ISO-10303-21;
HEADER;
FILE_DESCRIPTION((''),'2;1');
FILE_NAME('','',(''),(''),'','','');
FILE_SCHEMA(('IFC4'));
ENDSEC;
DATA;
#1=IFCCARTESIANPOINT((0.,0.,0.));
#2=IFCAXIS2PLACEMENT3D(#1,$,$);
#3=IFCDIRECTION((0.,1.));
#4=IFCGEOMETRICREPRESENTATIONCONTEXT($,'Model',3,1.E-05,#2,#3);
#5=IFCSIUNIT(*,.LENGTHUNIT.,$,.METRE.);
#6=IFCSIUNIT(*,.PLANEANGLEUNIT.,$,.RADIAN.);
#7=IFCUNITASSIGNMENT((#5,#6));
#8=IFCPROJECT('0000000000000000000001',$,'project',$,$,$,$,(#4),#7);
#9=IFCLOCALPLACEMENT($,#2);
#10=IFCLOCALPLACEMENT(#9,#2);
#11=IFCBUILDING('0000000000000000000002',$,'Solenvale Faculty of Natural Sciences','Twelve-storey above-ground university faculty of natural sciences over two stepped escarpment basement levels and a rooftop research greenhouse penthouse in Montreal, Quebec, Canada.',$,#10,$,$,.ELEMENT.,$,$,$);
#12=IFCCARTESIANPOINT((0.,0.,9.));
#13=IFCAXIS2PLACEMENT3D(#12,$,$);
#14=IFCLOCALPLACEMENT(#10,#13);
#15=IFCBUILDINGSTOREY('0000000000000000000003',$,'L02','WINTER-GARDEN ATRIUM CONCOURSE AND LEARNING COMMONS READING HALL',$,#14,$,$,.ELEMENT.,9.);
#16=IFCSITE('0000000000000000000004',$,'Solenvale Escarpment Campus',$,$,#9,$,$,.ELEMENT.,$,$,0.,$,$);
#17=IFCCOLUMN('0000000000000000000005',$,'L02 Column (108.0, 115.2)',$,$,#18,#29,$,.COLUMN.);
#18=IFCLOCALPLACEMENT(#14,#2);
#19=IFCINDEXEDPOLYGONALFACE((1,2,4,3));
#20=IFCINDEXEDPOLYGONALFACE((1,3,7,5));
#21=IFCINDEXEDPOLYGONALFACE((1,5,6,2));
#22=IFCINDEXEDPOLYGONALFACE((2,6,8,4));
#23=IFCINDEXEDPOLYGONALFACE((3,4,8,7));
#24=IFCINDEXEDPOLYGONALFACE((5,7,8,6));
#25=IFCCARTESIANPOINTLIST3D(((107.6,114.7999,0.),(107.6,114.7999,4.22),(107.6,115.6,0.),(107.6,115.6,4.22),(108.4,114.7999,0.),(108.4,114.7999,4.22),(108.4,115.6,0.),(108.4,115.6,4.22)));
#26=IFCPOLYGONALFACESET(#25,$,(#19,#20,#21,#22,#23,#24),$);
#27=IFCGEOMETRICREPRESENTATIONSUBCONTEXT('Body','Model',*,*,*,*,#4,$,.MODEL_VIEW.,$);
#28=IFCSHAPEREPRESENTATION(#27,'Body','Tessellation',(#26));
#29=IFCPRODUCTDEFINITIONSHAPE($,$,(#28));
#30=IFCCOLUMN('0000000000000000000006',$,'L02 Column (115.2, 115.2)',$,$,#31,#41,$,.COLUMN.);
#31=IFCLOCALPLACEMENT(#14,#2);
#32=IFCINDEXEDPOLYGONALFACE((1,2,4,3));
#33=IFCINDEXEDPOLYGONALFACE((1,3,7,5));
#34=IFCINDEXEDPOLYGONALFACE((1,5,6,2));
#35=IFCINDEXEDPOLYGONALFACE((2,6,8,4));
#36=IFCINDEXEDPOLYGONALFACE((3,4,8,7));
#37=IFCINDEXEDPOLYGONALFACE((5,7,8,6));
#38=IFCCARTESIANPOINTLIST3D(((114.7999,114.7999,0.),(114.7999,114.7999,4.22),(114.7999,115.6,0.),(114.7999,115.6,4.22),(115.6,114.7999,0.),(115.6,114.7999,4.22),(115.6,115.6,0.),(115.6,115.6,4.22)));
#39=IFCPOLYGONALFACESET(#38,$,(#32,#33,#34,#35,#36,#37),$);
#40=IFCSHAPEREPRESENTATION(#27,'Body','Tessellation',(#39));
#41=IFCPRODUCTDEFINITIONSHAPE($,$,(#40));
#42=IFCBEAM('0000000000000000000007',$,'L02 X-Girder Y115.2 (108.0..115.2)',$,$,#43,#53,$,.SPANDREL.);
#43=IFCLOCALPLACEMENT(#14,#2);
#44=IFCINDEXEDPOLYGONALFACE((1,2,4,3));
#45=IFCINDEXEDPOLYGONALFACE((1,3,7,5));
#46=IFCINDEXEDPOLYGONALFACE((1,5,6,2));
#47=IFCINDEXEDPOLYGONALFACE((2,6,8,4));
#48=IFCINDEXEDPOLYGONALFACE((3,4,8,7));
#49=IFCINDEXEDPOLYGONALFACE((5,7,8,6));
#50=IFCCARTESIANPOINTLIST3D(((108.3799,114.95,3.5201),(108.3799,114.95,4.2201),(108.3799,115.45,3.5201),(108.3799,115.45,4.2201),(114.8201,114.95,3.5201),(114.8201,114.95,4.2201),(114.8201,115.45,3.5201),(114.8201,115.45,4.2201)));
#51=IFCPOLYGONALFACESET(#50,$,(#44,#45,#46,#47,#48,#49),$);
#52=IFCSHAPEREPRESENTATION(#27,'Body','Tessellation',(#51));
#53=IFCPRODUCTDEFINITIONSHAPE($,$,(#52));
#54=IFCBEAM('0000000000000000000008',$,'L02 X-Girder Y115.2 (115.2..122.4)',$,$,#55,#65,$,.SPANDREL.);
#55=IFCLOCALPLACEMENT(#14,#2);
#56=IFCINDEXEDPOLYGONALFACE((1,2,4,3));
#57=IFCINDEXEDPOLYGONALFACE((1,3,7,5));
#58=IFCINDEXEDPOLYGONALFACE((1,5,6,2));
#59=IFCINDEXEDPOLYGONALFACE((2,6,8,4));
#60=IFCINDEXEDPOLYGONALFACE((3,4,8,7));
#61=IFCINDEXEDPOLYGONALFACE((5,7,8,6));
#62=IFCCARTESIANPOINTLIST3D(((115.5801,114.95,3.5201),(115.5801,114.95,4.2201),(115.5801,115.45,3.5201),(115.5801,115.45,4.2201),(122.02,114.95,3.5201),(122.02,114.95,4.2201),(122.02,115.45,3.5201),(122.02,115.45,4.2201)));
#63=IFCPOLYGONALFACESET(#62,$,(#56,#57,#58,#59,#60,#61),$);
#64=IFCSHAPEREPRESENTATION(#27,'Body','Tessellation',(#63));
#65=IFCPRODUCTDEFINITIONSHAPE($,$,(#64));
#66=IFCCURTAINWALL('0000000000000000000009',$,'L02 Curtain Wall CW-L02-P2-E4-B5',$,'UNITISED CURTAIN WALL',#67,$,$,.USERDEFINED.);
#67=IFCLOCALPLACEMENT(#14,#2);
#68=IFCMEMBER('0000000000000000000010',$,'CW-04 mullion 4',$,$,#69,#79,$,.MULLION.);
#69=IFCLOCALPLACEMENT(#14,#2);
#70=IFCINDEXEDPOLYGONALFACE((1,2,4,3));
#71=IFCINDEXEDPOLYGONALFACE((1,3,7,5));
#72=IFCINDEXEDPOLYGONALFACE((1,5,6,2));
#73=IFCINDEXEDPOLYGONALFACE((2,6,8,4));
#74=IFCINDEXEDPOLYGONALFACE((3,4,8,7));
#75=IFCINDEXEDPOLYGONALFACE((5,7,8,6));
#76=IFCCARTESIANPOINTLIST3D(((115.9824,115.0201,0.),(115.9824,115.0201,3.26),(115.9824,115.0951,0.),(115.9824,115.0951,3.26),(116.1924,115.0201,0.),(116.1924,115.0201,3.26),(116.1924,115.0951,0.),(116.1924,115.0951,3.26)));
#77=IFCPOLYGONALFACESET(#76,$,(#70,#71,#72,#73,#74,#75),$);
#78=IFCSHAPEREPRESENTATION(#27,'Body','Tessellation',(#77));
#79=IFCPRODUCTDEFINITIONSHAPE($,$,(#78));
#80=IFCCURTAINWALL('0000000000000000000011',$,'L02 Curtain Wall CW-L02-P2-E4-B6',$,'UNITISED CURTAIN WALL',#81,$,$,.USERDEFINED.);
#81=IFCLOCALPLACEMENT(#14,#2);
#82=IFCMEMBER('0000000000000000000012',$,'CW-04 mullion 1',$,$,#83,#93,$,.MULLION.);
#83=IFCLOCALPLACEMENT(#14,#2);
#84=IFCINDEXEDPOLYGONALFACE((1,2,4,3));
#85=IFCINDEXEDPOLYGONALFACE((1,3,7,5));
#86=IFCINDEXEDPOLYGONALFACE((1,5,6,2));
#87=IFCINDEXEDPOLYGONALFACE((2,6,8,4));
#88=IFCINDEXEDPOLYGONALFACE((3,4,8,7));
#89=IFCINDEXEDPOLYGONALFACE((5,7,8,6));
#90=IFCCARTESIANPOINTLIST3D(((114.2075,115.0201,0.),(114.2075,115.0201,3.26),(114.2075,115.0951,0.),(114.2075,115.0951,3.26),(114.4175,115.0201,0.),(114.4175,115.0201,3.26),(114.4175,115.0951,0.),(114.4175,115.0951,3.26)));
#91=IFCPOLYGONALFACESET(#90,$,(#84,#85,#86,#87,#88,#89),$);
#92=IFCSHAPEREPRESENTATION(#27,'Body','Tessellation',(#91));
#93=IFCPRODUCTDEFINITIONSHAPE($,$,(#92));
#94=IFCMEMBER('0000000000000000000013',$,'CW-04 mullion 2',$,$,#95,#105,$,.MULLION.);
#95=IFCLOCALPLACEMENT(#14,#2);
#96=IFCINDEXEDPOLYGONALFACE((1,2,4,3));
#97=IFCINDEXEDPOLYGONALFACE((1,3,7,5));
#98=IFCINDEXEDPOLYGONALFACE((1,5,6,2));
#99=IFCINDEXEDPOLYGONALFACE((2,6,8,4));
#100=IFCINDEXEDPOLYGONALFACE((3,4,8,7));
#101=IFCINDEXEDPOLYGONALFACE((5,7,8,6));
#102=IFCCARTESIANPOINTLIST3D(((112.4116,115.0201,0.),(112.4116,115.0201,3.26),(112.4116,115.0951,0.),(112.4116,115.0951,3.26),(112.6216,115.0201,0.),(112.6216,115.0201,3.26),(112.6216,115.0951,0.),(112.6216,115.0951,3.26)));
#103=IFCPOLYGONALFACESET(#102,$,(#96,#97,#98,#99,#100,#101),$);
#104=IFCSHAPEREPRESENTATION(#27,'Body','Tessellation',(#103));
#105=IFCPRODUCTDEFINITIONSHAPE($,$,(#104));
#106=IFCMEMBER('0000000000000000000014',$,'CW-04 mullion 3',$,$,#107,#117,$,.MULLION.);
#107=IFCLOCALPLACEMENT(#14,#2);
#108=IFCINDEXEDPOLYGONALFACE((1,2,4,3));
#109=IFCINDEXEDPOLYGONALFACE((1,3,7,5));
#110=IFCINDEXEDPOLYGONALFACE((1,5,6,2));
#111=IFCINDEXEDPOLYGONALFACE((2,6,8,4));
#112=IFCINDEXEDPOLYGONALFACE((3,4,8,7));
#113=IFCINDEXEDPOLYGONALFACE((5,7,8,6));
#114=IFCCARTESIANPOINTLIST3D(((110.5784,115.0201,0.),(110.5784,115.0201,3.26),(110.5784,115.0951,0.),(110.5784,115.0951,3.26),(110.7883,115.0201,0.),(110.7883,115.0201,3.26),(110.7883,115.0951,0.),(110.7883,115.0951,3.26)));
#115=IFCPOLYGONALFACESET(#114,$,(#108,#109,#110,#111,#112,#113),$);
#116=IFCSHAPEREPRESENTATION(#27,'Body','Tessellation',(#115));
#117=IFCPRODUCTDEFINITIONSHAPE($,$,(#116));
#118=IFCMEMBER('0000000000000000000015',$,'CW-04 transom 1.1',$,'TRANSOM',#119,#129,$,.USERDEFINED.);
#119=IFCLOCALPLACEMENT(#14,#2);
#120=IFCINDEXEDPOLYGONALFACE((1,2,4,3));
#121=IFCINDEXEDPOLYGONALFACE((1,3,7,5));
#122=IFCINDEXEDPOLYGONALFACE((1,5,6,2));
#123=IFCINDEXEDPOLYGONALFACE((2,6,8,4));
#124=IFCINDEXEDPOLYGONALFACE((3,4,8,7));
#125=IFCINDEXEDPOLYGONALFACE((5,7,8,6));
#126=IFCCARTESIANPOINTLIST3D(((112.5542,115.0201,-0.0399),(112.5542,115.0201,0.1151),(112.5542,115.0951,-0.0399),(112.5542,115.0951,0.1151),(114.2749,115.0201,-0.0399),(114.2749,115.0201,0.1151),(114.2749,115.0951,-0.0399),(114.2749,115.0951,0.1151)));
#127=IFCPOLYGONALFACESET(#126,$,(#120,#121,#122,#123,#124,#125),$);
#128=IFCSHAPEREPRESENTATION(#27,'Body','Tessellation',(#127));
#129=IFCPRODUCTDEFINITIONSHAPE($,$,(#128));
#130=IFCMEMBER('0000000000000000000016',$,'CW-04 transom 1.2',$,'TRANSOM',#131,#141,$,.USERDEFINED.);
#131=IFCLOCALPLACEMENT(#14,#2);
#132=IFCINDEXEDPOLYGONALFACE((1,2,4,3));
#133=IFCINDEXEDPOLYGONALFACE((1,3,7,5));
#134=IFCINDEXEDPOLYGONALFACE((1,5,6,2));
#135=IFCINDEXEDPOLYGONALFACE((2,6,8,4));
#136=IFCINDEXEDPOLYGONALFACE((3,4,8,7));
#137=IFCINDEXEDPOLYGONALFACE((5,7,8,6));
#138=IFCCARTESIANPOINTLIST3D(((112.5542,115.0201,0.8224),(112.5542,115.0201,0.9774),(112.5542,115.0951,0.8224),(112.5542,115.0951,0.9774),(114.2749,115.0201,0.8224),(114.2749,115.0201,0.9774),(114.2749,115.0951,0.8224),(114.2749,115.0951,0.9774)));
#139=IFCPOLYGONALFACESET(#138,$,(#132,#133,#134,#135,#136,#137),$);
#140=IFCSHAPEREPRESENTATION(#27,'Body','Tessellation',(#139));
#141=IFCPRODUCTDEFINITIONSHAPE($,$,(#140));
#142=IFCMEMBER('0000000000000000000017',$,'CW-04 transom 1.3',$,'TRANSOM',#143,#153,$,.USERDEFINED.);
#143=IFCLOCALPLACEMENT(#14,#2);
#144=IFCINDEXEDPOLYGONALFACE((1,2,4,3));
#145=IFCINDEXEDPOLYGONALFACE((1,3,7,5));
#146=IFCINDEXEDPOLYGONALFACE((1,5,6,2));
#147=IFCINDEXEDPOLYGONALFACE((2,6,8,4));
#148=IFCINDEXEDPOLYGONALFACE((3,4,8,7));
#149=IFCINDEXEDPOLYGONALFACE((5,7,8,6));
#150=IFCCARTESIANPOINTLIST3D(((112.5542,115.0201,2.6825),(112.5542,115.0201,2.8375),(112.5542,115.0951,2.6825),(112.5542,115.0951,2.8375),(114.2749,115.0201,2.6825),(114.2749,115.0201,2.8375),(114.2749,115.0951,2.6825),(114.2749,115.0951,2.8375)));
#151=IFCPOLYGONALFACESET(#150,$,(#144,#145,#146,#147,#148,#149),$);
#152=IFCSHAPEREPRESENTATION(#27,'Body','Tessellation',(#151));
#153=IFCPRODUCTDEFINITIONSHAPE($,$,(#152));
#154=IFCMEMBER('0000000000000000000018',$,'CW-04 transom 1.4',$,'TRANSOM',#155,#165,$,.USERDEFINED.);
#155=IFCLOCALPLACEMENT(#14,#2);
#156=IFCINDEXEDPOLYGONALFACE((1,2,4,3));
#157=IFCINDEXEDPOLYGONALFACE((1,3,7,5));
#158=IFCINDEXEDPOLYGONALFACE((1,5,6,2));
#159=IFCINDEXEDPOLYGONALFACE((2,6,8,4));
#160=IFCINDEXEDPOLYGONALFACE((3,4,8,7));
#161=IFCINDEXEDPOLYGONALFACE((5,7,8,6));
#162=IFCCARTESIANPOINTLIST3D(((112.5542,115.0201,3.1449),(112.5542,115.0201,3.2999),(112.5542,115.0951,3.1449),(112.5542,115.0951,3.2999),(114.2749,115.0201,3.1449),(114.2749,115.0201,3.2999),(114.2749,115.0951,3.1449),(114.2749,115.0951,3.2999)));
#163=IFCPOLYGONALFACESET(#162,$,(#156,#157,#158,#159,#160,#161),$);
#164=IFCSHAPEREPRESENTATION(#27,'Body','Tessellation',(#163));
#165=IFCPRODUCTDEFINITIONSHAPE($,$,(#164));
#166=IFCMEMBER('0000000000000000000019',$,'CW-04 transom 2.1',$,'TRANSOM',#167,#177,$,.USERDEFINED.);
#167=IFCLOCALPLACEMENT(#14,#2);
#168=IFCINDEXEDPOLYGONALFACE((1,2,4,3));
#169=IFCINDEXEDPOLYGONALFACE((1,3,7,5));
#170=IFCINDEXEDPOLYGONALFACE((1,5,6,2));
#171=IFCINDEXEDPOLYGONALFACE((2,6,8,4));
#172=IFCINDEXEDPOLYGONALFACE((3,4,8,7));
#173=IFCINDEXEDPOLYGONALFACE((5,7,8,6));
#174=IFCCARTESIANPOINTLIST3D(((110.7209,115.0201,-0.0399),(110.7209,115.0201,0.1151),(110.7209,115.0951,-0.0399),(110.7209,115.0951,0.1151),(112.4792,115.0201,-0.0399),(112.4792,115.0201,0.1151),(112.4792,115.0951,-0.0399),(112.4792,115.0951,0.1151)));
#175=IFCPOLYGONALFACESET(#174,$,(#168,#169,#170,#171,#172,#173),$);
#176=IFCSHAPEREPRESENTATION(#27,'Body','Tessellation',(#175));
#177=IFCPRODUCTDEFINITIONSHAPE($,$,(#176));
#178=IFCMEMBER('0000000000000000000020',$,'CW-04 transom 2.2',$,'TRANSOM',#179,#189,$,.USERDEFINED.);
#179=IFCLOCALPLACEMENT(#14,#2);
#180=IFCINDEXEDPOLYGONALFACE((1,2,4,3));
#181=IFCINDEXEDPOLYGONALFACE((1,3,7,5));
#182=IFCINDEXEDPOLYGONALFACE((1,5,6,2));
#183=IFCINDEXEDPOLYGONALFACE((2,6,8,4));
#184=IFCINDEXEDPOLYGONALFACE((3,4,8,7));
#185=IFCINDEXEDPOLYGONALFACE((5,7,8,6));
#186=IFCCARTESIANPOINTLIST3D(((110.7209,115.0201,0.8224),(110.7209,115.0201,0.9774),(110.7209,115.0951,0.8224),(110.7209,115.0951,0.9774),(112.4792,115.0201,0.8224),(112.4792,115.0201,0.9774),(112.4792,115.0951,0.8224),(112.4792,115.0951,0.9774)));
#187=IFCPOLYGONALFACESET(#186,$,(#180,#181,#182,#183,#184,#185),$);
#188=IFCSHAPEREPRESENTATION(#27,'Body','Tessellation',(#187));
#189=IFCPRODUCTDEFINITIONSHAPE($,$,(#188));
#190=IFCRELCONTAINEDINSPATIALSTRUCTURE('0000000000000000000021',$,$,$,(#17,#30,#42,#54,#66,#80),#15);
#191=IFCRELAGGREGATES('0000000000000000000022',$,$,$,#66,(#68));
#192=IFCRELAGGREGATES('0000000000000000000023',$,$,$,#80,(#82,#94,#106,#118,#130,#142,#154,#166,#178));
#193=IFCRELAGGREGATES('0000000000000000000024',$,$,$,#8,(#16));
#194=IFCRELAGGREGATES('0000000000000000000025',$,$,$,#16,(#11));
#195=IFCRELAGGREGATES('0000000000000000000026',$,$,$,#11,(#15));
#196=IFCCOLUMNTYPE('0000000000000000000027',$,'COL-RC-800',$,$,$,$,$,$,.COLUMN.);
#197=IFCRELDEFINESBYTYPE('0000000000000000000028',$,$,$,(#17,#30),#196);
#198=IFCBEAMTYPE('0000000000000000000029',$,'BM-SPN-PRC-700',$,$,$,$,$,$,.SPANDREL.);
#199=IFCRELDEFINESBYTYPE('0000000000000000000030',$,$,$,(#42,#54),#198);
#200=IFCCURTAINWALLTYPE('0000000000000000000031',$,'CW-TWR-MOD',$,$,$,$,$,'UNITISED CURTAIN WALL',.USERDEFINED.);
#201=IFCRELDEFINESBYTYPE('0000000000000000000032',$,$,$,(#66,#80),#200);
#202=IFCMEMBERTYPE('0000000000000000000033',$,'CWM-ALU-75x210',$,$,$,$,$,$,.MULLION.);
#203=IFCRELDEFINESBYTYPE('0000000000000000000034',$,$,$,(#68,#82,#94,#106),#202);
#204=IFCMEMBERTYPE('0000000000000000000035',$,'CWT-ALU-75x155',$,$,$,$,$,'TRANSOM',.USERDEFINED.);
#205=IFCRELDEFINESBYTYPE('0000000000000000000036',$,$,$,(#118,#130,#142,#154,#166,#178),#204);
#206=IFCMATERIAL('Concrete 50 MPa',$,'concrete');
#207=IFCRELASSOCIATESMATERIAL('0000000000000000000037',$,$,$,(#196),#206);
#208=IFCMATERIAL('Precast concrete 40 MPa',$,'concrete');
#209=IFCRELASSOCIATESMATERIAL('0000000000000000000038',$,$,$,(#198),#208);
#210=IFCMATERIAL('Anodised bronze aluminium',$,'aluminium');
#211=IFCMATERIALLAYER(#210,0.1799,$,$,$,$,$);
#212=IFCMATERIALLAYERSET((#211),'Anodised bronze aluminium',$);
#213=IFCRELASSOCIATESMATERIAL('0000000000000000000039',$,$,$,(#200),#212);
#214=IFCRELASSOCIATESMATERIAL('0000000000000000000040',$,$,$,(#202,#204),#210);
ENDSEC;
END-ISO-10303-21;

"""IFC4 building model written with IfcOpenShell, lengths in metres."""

from ifc_helpers import new_model, si_unit, direction, frame, origin, origin_2d, place, context, subcontext, project, spatial, rectangle, extrude, material, layer, layer_set, material_profile, profile_set, type_object, element, aggregate, save


model = new_model("IFC4")

# Units and contexts
model_context = context("Model", 3, precision=1e-05, world=origin(), true_north=direction((0.0, 1.0)))
body_context = subcontext(model_context, "Body", "Model", "MODEL_VIEW")
ifc_project = project(units=[si_unit("LENGTHUNIT", "METRE"), si_unit("PLANEANGLEUNIT", "RADIAN")], contexts=[model_context])

# Site, building, storey
site_placement = place(None, origin())
site = spatial("IfcSite", under=ifc_project, at=site_placement, Name="Solenvale Escarpment Campus", CompositionType="ELEMENT", RefElevation=0.0)
building_placement = place(site_placement, origin())
building = spatial("IfcBuilding", under=site, at=building_placement, Name="Solenvale Faculty of Natural Sciences", Description="Twelve-storey above-ground university faculty of natural sciences over two stepped escarpment basement levels and a rooftop research greenhouse penthouse in Montreal, Quebec, Canada.", CompositionType="ELEMENT")
storey_placement = place(building_placement, frame((0.0, 0.0, 9.0)))
storey = spatial("IfcBuildingStorey", under=building, at=storey_placement, Name="L02", Description="WINTER-GARDEN ATRIUM CONCOURSE AND LEARNING COMMONS READING HALL", CompositionType="ELEMENT", Elevation=9.0)

# Columns
ifc_material_1 = material(Name="Concrete 50 MPa", Category="concrete")
ifc_material_profile_1 = material_profile(ifc_material_1, rectangle(XDim=0.8, YDim=0.8, at=origin_2d()), Name="RC-COL-800x800")
ifc_profile_set_1 = profile_set([ifc_material_profile_1], Name="Concrete 50 MPa")
column_type = type_object("IfcColumnType", Name="COL-RC-800", PredefinedType="COLUMN", material=ifc_profile_set_1)
for number, where, z_axis, x_axis, name in (
    (1, (108.0, 115.2, 0.0), (0.0, 0.0, 1.0), (1.0, 0.0, 0.0), "L02 Column (108.0, 115.2)"),
    (2, (115.2, 115.2, 0.0), (0.0, 0.0, 1.0), (1.0, 0.0, 0.0), "L02 Column (115.2, 115.2)"),
):
    element("IfcColumn", number, at=place(storey_placement, frame(where, z_axis=z_axis, x_axis=x_axis)), inside=storey, type_object=column_type, Name=name, PredefinedType="COLUMN", context=body_context, shape_type="SweptSolid", body=[
        extrude(rectangle(XDim=0.8, YDim=0.8, at=origin_2d()), origin(), (0.0, 0.0, 1.0), 4.22),
    ])

# Beams
ifc_material_2 = material(Name="Precast concrete 40 MPa", Category="concrete")
ifc_material_profile_2 = material_profile(ifc_material_2, rectangle(XDim=0.5, YDim=0.7, at=origin_2d()), Name="RC-BM-500x700")
ifc_profile_set_2 = profile_set([ifc_material_profile_2], Name="Precast concrete 40 MPa")
beam_type = type_object("IfcBeamType", Name="BM-SPN-PRC-700", PredefinedType="SPANDREL", material=ifc_profile_set_2)
beam_1_placement = place(storey_placement, frame((108.3799, 115.2, 3.8701), z_axis=(1.0, 0.0, 0.0), x_axis=(0.0, 1.0, 0.0)))
element("IfcBeam", 3, at=beam_1_placement, inside=storey, type_object=beam_type, Name="L02 X-Girder Y115.2 (108.0..115.2)", PredefinedType="SPANDREL", context=body_context, shape_type="SweptSolid", body=[
    extrude(rectangle(XDim=0.5, YDim=0.7, at=origin_2d()), origin(), (0.0, 0.0, 1.0), 6.4402),
])
beam_2_placement = place(storey_placement, frame((115.5801, 115.2, 3.8701), z_axis=(1.0, 0.0, 0.0), x_axis=(0.0, 1.0, 0.0)))
element("IfcBeam", 4, at=beam_2_placement, inside=storey, type_object=beam_type, Name="L02 X-Girder Y115.2 (115.2..122.4)", PredefinedType="SPANDREL", context=body_context, shape_type="SweptSolid", body=[
    extrude(rectangle(XDim=0.5, YDim=0.7, at=origin_2d()), origin(), (0.0, 0.0, 1.0), 6.4399),
])

# Curtain wall, member
ifc_material_3 = material(Name="Anodised bronze aluminium", Category="aluminium")
ifc_layer_1 = layer(ifc_material_3, 0.1799)
ifc_layer_set_1 = layer_set([ifc_layer_1], Name="Anodised bronze aluminium")
curtain_wall_type = type_object("IfcCurtainWallType", Name="CW-TWR-MOD", ElementType="UNITISED CURTAIN WALL", PredefinedType="USERDEFINED", material=ifc_layer_set_1)
curtain_wall_1_placement = place(storey_placement, origin())
curtain_wall_1 = element("IfcCurtainWall", 5, at=curtain_wall_1_placement, inside=storey, type_object=curtain_wall_type, Name="L02 Curtain Wall CW-L02-P2-E4-B5", ObjectType="UNITISED CURTAIN WALL", PredefinedType="USERDEFINED")
ifc_material_profile_3 = material_profile(ifc_material_3, rectangle(XDim=0.075, YDim=0.21, at=origin_2d()), Name="ALU-MUL-75x210")
ifc_profile_set_3 = profile_set([ifc_material_profile_3], Name="Anodised bronze aluminium")
member_type_1 = type_object("IfcMemberType", Name="CWM-ALU-75x210", PredefinedType="MULLION", material=ifc_profile_set_3)
member_1_placement = place(storey_placement, frame((116.0874, 115.0576, 0.0), z_axis=(0.0, 0.0, 1.0), x_axis=(0.0, -1.0, 0.0)))
member_1 = element("IfcMember", 6, at=member_1_placement, type_object=member_type_1, Name="CW-04 mullion 4", PredefinedType="MULLION", context=body_context, shape_type="SweptSolid", body=[
    extrude(rectangle(XDim=0.075, YDim=0.21, at=origin_2d()), origin(), (0.0, 0.0, 1.0), 3.26),
])
aggregate(curtain_wall_1, [member_1])

# Curtain wall, members
curtain_wall_2_placement = place(storey_placement, origin())
curtain_wall_2 = element("IfcCurtainWall", 7, at=curtain_wall_2_placement, inside=storey, type_object=curtain_wall_type, Name="L02 Curtain Wall CW-L02-P2-E4-B6", ObjectType="UNITISED CURTAIN WALL", PredefinedType="USERDEFINED")
member_2_placement = place(storey_placement, frame((114.3125, 115.0576, 0.0), z_axis=(0.0, 0.0, 1.0), x_axis=(0.0, -1.0, 0.0)))
member_2 = element("IfcMember", 8, at=member_2_placement, type_object=member_type_1, Name="CW-04 mullion 1", PredefinedType="MULLION", context=body_context, shape_type="SweptSolid", body=[
    extrude(rectangle(XDim=0.075, YDim=0.21, at=origin_2d()), origin(), (0.0, 0.0, 1.0), 3.26),
])
member_3_placement = place(storey_placement, frame((112.5166, 115.0576, 0.0), z_axis=(0.0, 0.0, 1.0), x_axis=(0.0, -1.0, 0.0)))
member_3 = element("IfcMember", 9, at=member_3_placement, type_object=member_type_1, Name="CW-04 mullion 2", PredefinedType="MULLION", context=body_context, shape_type="SweptSolid", body=[
    extrude(rectangle(XDim=0.075, YDim=0.21, at=origin_2d()), origin(), (0.0, 0.0, 1.0), 3.26),
])
member_4_placement = place(storey_placement, frame((110.6833, 115.0576, 0.0), z_axis=(0.0, 0.0, 1.0), x_axis=(0.0, -1.0, 0.0)))
member_4 = element("IfcMember", 10, at=member_4_placement, type_object=member_type_1, Name="CW-04 mullion 3", PredefinedType="MULLION", context=body_context, shape_type="SweptSolid", body=[
    extrude(rectangle(XDim=0.075, YDim=0.21, at=origin_2d()), origin(), (0.0, 0.0, 1.0), 3.26),
])
ifc_material_profile_4 = material_profile(ifc_material_3, rectangle(XDim=0.075, YDim=0.155, at=origin_2d()), Name="ALU-TRN-75x155")
ifc_profile_set_4 = profile_set([ifc_material_profile_4], Name="Anodised bronze aluminium")
member_type_2 = type_object("IfcMemberType", Name="CWT-ALU-75x155", ElementType="TRANSOM", PredefinedType="USERDEFINED", material=ifc_profile_set_4)
member_5_placement = place(storey_placement, frame((114.2749, 115.0576, 0.0376), z_axis=(-1.0, 0.0, 0.0), x_axis=(0.0, -1.0, 0.0)))
member_5 = element("IfcMember", 11, at=member_5_placement, type_object=member_type_2, Name="CW-04 transom 1.1", ObjectType="TRANSOM", PredefinedType="USERDEFINED", context=body_context, shape_type="SweptSolid", body=[
    extrude(rectangle(XDim=0.075, YDim=0.155, at=origin_2d()), origin(), (0.0, 0.0, 1.0), 1.7207),
])
member_6_placement = place(storey_placement, frame((114.2749, 115.0576, 0.8999), z_axis=(-1.0, 0.0, 0.0), x_axis=(0.0, -1.0, 0.0)))
member_6 = element("IfcMember", 12, at=member_6_placement, type_object=member_type_2, Name="CW-04 transom 1.2", ObjectType="TRANSOM", PredefinedType="USERDEFINED", context=body_context, shape_type="SweptSolid", body=[
    extrude(rectangle(XDim=0.075, YDim=0.155, at=origin_2d()), origin(), (0.0, 0.0, 1.0), 1.7207),
])
member_7_placement = place(storey_placement, frame((114.2749, 115.0576, 2.76), z_axis=(-1.0, 0.0, 0.0), x_axis=(0.0, -1.0, 0.0)))
member_7 = element("IfcMember", 13, at=member_7_placement, type_object=member_type_2, Name="CW-04 transom 1.3", ObjectType="TRANSOM", PredefinedType="USERDEFINED", context=body_context, shape_type="SweptSolid", body=[
    extrude(rectangle(XDim=0.075, YDim=0.155, at=origin_2d()), origin(), (0.0, 0.0, 1.0), 1.7207),
])
member_8_placement = place(storey_placement, frame((114.2749, 115.0576, 3.2224), z_axis=(-1.0, 0.0, 0.0), x_axis=(0.0, -1.0, 0.0)))
member_8 = element("IfcMember", 14, at=member_8_placement, type_object=member_type_2, Name="CW-04 transom 1.4", ObjectType="TRANSOM", PredefinedType="USERDEFINED", context=body_context, shape_type="SweptSolid", body=[
    extrude(rectangle(XDim=0.075, YDim=0.155, at=origin_2d()), origin(), (0.0, 0.0, 1.0), 1.7207),
])
member_9_placement = place(storey_placement, frame((112.4792, 115.0576, 0.0376), z_axis=(-1.0, 0.0, 0.0), x_axis=(0.0, -1.0, 0.0)))
member_9 = element("IfcMember", 15, at=member_9_placement, type_object=member_type_2, Name="CW-04 transom 2.1", ObjectType="TRANSOM", PredefinedType="USERDEFINED", context=body_context, shape_type="SweptSolid", body=[
    extrude(rectangle(XDim=0.075, YDim=0.155, at=origin_2d()), origin(), (0.0, 0.0, 1.0), 1.7583),
])
member_10_placement = place(storey_placement, frame((112.4792, 115.0576, 0.8999), z_axis=(-1.0, 0.0, 0.0), x_axis=(0.0, -1.0, 0.0)))
member_10 = element("IfcMember", 16, at=member_10_placement, type_object=member_type_2, Name="CW-04 transom 2.2", ObjectType="TRANSOM", PredefinedType="USERDEFINED", context=body_context, shape_type="SweptSolid", body=[
    extrude(rectangle(XDim=0.075, YDim=0.155, at=origin_2d()), origin(), (0.0, 0.0, 1.0), 1.7583),
])
aggregate(curtain_wall_2, [member_2, member_3, member_4, member_5, member_6, member_7, member_8, member_9, member_10])

save(model, "model.ifc")
